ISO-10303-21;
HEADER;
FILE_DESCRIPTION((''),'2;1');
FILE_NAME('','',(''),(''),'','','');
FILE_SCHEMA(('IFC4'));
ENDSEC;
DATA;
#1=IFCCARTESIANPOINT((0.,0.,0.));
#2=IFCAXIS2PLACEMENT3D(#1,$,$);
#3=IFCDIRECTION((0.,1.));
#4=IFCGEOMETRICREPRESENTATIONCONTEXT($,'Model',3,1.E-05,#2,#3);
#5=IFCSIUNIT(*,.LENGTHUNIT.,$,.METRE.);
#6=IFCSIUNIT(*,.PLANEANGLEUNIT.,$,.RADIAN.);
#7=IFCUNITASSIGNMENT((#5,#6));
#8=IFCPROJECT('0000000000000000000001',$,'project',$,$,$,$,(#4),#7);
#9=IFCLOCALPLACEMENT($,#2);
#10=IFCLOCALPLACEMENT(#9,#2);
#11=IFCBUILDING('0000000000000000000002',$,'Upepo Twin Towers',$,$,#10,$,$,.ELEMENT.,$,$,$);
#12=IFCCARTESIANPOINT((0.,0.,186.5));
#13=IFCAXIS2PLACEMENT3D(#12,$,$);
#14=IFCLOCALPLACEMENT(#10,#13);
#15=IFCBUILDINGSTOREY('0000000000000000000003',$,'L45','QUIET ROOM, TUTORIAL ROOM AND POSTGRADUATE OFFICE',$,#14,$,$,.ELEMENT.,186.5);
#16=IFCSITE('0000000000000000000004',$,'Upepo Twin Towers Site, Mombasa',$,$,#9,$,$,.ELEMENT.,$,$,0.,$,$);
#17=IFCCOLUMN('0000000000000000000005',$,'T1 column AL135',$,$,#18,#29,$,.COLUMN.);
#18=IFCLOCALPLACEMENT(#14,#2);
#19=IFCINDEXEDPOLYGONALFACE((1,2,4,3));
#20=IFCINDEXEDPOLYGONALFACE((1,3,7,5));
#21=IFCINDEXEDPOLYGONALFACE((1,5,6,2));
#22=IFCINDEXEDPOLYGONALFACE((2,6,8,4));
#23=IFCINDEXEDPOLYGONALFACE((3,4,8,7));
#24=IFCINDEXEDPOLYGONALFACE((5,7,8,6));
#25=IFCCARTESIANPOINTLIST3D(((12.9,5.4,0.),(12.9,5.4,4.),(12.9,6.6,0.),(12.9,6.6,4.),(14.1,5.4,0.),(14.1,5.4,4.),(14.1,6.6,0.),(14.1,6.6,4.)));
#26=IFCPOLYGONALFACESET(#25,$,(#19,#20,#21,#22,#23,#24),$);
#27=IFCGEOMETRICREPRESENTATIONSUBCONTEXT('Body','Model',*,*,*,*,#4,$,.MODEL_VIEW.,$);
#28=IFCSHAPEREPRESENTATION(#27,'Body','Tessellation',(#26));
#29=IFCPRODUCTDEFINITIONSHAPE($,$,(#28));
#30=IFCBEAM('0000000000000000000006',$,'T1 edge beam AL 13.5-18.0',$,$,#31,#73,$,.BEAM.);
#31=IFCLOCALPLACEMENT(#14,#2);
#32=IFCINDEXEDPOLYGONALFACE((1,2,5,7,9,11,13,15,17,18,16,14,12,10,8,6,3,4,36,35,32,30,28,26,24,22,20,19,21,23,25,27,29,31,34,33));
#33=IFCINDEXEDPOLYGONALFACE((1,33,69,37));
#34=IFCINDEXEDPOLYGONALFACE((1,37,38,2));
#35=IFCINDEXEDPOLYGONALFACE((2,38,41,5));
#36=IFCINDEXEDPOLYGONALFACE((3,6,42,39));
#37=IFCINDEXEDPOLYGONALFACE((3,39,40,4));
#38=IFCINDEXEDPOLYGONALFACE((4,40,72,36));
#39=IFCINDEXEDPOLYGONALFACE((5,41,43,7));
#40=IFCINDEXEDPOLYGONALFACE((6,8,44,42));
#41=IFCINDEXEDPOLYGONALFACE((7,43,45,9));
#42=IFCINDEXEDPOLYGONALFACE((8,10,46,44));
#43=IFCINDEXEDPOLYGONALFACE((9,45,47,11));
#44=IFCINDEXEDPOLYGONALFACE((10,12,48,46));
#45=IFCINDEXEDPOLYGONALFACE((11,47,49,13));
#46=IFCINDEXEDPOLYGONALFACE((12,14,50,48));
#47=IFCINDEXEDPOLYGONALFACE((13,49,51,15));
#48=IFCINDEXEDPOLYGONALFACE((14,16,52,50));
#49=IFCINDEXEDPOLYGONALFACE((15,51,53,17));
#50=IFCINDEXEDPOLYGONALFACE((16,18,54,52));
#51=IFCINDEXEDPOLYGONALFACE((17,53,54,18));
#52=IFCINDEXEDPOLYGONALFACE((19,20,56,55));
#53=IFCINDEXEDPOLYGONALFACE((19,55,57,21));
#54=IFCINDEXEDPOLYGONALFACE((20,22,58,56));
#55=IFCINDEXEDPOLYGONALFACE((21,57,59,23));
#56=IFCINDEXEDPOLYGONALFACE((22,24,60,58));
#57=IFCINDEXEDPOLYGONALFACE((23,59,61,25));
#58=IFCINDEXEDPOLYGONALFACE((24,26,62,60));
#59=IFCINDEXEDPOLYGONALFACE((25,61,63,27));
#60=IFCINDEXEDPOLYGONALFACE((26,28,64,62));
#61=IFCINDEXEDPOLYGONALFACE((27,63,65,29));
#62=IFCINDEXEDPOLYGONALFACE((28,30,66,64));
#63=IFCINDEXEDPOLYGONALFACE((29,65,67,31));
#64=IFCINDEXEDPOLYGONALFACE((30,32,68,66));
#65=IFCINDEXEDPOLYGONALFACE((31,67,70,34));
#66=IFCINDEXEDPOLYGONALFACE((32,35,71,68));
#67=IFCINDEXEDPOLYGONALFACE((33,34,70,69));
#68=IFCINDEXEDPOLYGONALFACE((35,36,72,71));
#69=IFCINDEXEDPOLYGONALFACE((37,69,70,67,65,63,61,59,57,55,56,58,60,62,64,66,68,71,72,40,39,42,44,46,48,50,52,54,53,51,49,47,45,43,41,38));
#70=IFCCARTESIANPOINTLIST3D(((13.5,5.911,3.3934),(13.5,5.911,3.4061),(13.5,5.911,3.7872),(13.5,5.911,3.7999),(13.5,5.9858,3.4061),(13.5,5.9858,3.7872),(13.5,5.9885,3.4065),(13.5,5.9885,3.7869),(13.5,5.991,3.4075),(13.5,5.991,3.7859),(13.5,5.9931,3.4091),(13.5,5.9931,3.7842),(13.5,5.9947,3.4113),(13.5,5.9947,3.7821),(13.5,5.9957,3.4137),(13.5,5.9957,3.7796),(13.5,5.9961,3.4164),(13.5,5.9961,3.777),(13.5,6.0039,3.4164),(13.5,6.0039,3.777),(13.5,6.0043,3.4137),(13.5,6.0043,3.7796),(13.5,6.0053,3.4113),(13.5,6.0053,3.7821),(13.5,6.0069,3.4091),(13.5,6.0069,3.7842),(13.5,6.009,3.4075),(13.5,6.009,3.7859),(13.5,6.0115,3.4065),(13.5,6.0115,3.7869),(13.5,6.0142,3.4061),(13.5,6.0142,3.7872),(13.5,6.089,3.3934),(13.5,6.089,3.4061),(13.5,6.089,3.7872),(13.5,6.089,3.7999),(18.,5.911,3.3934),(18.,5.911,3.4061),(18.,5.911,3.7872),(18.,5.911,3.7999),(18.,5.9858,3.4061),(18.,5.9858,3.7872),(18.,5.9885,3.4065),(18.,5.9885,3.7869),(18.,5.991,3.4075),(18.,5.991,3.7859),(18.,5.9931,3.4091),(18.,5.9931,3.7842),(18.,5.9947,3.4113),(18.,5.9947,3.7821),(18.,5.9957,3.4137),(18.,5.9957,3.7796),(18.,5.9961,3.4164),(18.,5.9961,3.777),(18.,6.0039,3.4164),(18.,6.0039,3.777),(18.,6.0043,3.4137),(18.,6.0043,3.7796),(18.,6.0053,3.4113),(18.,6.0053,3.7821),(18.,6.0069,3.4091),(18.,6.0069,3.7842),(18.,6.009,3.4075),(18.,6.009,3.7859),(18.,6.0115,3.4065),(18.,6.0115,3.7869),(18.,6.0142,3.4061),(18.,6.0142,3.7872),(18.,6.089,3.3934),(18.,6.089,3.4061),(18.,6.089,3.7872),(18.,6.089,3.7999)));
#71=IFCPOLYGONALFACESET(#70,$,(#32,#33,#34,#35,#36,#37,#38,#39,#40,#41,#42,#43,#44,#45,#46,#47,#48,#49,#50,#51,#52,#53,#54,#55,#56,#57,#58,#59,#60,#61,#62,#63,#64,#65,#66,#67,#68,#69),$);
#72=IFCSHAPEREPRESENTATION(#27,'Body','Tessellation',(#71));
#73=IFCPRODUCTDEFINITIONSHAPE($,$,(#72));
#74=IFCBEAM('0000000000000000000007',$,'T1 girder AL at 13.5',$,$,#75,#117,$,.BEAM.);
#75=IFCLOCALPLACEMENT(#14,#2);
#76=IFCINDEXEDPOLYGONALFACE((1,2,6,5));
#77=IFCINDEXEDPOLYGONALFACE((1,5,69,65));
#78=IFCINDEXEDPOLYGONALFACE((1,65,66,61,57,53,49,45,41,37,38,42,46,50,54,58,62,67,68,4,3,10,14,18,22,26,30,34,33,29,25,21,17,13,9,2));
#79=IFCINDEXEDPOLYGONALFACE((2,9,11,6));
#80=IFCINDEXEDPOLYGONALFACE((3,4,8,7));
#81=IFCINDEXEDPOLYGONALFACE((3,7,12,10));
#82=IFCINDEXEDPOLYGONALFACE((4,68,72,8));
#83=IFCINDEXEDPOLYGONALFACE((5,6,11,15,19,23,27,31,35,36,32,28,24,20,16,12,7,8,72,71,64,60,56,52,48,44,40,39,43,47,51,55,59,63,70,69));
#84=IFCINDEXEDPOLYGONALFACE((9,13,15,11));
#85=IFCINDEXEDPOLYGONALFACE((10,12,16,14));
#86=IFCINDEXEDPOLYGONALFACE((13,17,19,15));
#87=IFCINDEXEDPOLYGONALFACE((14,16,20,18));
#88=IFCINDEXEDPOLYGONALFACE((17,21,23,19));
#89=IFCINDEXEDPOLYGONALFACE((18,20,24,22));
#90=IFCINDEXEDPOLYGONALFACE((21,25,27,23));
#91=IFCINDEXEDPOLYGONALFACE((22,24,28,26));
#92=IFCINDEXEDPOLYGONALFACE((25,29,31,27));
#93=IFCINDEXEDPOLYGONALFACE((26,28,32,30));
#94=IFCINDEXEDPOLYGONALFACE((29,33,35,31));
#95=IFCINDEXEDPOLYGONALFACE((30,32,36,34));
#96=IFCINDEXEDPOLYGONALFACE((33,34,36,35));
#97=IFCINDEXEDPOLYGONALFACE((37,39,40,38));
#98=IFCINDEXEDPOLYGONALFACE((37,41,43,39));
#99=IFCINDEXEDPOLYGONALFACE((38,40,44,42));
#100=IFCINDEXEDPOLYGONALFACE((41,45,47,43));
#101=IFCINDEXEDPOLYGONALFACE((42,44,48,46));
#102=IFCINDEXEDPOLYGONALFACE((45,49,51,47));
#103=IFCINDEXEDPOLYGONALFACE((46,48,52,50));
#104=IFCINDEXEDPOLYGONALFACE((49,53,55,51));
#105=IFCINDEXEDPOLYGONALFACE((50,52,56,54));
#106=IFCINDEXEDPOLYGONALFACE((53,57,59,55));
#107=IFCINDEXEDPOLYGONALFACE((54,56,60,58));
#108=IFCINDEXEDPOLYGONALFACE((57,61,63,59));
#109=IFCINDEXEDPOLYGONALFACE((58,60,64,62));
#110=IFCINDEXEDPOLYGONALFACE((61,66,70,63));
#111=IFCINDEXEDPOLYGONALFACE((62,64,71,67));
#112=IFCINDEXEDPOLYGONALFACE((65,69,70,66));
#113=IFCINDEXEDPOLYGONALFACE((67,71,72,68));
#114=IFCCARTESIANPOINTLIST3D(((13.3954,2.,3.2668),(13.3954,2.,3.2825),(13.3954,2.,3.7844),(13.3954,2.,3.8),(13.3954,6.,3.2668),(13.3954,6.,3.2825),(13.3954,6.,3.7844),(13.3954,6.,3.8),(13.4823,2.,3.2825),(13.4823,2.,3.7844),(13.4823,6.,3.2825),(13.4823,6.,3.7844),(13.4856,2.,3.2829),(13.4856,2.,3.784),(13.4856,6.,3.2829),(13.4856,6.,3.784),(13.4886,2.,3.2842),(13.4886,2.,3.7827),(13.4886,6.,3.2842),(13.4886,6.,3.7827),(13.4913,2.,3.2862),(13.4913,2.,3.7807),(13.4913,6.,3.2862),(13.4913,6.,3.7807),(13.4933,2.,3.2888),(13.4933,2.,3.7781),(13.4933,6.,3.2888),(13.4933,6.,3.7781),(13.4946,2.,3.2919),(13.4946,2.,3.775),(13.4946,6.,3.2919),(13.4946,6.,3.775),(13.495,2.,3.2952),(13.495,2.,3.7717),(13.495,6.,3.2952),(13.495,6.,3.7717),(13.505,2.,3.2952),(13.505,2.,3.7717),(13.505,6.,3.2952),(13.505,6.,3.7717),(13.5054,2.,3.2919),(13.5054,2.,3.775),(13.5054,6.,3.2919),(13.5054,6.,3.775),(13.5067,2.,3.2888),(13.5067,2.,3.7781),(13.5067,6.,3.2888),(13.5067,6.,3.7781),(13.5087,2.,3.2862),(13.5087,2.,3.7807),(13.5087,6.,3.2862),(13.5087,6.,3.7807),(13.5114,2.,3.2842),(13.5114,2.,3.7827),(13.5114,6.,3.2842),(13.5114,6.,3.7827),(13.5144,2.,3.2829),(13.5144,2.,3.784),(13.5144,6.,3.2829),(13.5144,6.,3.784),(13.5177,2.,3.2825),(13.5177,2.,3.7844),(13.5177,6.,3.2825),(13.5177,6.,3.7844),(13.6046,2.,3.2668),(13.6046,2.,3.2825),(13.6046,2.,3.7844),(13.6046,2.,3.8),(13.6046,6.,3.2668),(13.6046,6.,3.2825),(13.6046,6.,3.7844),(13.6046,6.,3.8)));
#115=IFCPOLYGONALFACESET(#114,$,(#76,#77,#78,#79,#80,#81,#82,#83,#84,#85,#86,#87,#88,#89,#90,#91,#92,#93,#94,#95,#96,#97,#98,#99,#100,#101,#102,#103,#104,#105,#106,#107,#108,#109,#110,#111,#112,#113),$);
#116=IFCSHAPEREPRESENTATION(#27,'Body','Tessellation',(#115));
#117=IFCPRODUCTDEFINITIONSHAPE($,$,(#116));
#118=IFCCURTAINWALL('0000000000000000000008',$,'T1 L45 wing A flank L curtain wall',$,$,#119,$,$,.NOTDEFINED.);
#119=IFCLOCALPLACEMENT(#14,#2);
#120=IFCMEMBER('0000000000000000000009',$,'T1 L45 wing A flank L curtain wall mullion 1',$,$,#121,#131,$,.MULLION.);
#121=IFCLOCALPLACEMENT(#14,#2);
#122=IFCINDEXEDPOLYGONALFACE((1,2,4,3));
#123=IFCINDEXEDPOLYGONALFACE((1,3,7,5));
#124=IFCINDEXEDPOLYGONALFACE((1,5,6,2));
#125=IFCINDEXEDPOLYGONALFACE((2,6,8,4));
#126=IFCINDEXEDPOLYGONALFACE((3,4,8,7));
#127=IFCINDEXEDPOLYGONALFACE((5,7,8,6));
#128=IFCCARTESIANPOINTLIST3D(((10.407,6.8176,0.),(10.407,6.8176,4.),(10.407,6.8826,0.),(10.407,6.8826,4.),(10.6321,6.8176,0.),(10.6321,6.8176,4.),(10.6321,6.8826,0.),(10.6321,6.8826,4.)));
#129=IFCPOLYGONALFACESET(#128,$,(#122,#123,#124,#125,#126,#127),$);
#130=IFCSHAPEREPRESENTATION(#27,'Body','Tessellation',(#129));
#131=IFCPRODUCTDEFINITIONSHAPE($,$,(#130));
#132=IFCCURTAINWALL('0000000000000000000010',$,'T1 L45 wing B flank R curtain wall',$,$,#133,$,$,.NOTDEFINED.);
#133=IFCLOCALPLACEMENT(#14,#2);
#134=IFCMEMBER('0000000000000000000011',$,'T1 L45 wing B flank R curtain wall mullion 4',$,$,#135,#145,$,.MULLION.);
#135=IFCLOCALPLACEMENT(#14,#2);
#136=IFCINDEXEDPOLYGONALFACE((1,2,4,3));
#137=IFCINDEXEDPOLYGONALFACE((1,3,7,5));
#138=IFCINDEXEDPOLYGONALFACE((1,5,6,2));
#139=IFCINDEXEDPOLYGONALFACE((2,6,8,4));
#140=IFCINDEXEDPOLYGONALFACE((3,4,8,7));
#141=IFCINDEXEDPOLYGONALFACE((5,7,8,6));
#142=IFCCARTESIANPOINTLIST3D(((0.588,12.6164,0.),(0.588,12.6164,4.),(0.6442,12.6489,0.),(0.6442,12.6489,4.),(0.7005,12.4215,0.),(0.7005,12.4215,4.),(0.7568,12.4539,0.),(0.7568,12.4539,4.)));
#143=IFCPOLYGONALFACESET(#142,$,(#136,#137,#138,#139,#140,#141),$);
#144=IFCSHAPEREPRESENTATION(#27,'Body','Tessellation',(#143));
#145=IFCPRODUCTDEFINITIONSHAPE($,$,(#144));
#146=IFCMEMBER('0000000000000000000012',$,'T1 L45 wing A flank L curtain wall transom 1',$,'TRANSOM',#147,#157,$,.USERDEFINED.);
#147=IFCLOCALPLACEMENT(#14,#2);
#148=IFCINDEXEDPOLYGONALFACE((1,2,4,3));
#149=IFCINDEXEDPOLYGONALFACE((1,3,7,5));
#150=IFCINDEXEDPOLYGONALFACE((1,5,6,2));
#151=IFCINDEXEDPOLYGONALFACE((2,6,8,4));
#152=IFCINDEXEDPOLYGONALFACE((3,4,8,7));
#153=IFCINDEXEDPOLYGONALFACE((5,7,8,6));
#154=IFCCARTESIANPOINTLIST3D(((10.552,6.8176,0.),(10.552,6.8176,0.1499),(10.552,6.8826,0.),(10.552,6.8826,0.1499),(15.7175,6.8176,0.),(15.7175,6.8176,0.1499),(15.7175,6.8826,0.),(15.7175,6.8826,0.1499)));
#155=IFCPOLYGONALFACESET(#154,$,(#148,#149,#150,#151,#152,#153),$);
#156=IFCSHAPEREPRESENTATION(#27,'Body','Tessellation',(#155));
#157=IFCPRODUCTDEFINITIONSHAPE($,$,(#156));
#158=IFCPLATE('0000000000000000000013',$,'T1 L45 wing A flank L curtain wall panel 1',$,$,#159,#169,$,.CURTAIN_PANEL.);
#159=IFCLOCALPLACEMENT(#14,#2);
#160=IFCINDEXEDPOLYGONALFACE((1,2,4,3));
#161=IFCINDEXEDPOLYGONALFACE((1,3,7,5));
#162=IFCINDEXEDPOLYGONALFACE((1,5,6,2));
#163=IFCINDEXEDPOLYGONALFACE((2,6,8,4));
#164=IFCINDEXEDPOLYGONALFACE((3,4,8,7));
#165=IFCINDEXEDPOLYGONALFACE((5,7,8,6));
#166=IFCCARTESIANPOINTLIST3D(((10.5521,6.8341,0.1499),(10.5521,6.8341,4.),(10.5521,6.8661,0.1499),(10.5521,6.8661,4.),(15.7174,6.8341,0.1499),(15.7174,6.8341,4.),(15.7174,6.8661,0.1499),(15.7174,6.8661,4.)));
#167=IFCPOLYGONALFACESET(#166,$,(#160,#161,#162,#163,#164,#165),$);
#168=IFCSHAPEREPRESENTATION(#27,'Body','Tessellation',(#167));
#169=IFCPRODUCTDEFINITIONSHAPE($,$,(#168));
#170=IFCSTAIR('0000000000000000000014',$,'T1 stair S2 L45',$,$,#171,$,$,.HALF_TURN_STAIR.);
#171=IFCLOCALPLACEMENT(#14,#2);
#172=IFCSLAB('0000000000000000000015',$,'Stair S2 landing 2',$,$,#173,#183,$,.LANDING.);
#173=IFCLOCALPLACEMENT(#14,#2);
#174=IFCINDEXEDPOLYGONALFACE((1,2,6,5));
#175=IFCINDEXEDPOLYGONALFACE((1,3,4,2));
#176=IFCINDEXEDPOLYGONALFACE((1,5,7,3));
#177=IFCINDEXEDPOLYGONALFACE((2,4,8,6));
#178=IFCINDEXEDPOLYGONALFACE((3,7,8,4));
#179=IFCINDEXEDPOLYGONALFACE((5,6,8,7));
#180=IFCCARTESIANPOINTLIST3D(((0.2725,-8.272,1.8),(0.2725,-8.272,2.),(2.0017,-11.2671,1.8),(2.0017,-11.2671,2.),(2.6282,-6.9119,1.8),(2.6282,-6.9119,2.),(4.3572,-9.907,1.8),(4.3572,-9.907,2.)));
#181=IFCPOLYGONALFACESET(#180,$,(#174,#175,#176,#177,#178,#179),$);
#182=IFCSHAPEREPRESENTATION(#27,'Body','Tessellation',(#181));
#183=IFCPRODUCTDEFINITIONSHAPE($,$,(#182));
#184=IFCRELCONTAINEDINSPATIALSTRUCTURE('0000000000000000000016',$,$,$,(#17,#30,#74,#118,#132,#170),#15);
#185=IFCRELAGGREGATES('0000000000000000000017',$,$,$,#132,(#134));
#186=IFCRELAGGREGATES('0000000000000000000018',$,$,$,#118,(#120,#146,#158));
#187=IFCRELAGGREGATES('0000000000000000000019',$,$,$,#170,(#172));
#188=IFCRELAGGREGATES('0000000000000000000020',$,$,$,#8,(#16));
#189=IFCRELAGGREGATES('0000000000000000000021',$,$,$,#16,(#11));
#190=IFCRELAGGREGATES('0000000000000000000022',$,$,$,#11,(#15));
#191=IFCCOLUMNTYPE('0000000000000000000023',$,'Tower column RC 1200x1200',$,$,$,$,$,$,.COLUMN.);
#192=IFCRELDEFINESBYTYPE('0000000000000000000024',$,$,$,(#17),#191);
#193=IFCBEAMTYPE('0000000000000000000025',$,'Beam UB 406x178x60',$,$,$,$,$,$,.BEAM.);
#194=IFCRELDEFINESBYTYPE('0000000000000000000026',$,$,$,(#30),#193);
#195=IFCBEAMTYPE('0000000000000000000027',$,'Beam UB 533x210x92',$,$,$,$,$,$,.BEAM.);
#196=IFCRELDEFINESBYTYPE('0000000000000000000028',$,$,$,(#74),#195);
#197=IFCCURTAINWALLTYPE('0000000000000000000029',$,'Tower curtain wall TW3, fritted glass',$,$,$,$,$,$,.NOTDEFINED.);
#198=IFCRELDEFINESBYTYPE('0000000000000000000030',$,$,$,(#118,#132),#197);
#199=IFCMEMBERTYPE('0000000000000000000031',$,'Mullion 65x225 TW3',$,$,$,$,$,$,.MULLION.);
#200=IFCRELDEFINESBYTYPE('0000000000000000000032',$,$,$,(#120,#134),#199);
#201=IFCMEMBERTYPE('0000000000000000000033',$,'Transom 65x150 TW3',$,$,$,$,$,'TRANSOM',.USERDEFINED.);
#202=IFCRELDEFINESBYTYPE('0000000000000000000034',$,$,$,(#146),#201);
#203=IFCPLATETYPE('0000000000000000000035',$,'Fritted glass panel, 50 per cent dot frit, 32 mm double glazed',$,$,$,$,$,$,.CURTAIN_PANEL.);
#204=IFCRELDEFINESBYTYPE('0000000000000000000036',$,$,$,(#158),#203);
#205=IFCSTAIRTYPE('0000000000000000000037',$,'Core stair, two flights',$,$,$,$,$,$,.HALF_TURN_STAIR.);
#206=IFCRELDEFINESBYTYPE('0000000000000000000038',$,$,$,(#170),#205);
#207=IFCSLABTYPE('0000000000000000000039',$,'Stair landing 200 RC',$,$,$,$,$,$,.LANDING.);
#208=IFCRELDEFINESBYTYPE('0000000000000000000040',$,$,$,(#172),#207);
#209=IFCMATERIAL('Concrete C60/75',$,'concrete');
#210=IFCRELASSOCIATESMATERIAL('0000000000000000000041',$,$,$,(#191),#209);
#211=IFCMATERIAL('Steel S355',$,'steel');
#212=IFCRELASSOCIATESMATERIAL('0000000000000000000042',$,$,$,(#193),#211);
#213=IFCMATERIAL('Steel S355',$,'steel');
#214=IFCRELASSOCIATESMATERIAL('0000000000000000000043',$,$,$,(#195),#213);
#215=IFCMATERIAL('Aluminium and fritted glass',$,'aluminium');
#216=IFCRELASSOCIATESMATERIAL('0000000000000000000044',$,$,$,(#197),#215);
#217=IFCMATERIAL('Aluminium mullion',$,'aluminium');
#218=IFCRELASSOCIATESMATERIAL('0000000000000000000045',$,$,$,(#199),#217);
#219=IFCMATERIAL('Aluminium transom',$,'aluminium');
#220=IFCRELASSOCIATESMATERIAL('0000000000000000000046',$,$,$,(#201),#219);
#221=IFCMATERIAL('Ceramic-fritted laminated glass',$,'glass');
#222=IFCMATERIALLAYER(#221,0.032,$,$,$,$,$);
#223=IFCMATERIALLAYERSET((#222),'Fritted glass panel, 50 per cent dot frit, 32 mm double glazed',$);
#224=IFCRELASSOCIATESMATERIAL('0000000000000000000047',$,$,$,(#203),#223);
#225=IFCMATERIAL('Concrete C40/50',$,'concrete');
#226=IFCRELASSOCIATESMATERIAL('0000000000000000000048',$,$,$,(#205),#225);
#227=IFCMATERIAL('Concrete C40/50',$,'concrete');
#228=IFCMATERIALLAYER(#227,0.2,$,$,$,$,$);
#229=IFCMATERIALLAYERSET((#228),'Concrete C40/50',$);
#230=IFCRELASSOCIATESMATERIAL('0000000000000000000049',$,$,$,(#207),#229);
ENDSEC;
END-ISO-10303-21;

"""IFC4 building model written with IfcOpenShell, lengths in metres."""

from ifc_helpers import new_model, si_unit, direction, frame, origin, origin_2d, place, context, subcontext, project, spatial, polyline, rectangle, i_section, outline, extrude, material, layer, layer_set, material_profile, profile_set, type_object, element, aggregate, save


model = new_model("IFC4")

# Units and contexts
model_context = context("Model", 3, precision=1e-05, world=origin(), true_north=direction((0.0, 1.0)))
body_context = subcontext(model_context, "Body", "Model", "MODEL_VIEW")
ifc_project = project(units=[si_unit("LENGTHUNIT", "METRE"), si_unit("PLANEANGLEUNIT", "RADIAN")], contexts=[model_context])

# Site, building, storey
site_placement = place(None, origin())
site = spatial("IfcSite", under=ifc_project, at=site_placement, Name="Upepo Twin Towers Site, Mombasa", CompositionType="ELEMENT", RefElevation=0.0)
building_placement = place(site_placement, origin())
building = spatial("IfcBuilding", under=site, at=building_placement, Name="Upepo Twin Towers", CompositionType="ELEMENT")
storey_placement = place(building_placement, frame((0.0, 0.0, 186.5)))
storey = spatial("IfcBuildingStorey", under=building, at=storey_placement, Name="L45", Description="QUIET ROOM, TUTORIAL ROOM AND POSTGRADUATE OFFICE", CompositionType="ELEMENT", Elevation=186.5)

# Column
ifc_material_1 = material(Name="Concrete C60/75", Category="concrete")
ifc_material_profile_1 = material_profile(ifc_material_1, rectangle(XDim=1.2, YDim=1.2, at=origin_2d()), Name="RC 1200x1200")
ifc_profile_set_1 = profile_set([ifc_material_profile_1], Name="Concrete C60/75")
column_type = type_object("IfcColumnType", Name="Tower column RC 1200x1200", PredefinedType="COLUMN", material=ifc_profile_set_1)
column_placement = place(storey_placement, frame((13.5, 6.0, 0.0), z_axis=(0.0, 0.0, 1.0), x_axis=(1.0, 0.0, 0.0)))
element("IfcColumn", 1, at=column_placement, inside=storey, type_object=column_type, Name="T1 column AL135", PredefinedType="COLUMN", context=body_context, shape_type="SweptSolid", body=[
    extrude(rectangle(XDim=1.2, YDim=1.2, at=origin_2d()), origin(), (0.0, 0.0, 1.0), 4.0),
])

# Beams
ifc_material_2 = material(Name="Steel S355", Category="steel")
ifc_material_profile_2 = material_profile(ifc_material_2, i_section(OverallWidth=0.178, OverallDepth=0.4065, WebThickness=0.0078, FlangeThickness=0.0127, FilletRadius=0.0103, at=origin_2d()), Name="UB 406x178x60")
ifc_profile_set_2 = profile_set([ifc_material_profile_2], Name="Steel S355")
beam_type_1 = type_object("IfcBeamType", Name="Beam UB 406x178x60", PredefinedType="BEAM", material=ifc_profile_set_2)
beam_1_placement = place(storey_placement, frame((13.5, 6.0, 3.5967), z_axis=(1.0, 0.0, 0.0), x_axis=(0.0, 1.0, 0.0)))
element("IfcBeam", 2, at=beam_1_placement, inside=storey, type_object=beam_type_1, Name="T1 edge beam AL 13.5-18.0", PredefinedType="BEAM", context=body_context, shape_type="SweptSolid", body=[
    extrude(i_section(OverallWidth=0.178, OverallDepth=0.4065, WebThickness=0.0078, FlangeThickness=0.0127, FilletRadius=0.0103, at=origin_2d()), origin(), (0.0, 0.0, 1.0), 4.5),
])
ifc_material_3 = material(Name="Steel S355", Category="steel")
ifc_material_profile_3 = material_profile(ifc_material_3, i_section(OverallWidth=0.2092, OverallDepth=0.5332, WebThickness=0.01, FlangeThickness=0.0156, FilletRadius=0.0127, at=origin_2d()), Name="UB 533x210x92")
ifc_profile_set_3 = profile_set([ifc_material_profile_3], Name="Steel S355")
beam_type_2 = type_object("IfcBeamType", Name="Beam UB 533x210x92", PredefinedType="BEAM", material=ifc_profile_set_3)
beam_2_placement = place(storey_placement, frame((13.5, 6.0, 3.5334), z_axis=(0.0, -1.0, 0.0), x_axis=(1.0, 0.0, 0.0)))
element("IfcBeam", 3, at=beam_2_placement, inside=storey, type_object=beam_type_2, Name="T1 girder AL at 13.5", PredefinedType="BEAM", context=body_context, shape_type="SweptSolid", body=[
    extrude(i_section(OverallWidth=0.2092, OverallDepth=0.5332, WebThickness=0.01, FlangeThickness=0.0156, FilletRadius=0.0127, at=origin_2d()), origin(), (0.0, 0.0, 1.0), 4.0),
])

# Curtain walls, members
ifc_material_4 = material(Name="Aluminium and fritted glass", Category="aluminium")
curtain_wall_type = type_object("IfcCurtainWallType", Name="Tower curtain wall TW3, fritted glass", PredefinedType="NOTDEFINED", material=ifc_material_4)
curtain_wall_1_placement = place(storey_placement, origin())
curtain_wall_1 = element("IfcCurtainWall", 4, at=curtain_wall_1_placement, inside=storey, type_object=curtain_wall_type, Name="T1 L45 wing A flank L curtain wall", PredefinedType="NOTDEFINED")
ifc_material_5 = material(Name="Aluminium mullion", Category="aluminium")
ifc_material_profile_4 = material_profile(ifc_material_5, rectangle(XDim=0.0649, YDim=0.2251, at=origin_2d()), Name="MULLION 65x225")
ifc_profile_set_4 = profile_set([ifc_material_profile_4], Name="Aluminium mullion")
member_type_1 = type_object("IfcMemberType", Name="Mullion 65x225 TW3", PredefinedType="MULLION", material=ifc_profile_set_4)
member_1_placement = place(storey_placement, frame((10.5195, 6.8501, 0.0), z_axis=(0.0, 0.0, 1.0), x_axis=(0.0, 1.0, 0.0)))
member_1 = element("IfcMember", 5, at=member_1_placement, type_object=member_type_1, Name="T1 L45 wing A flank L curtain wall mullion 1", PredefinedType="MULLION", context=body_context, shape_type="SweptSolid", body=[
    extrude(rectangle(XDim=0.0649, YDim=0.2251, at=origin_2d()), origin(), (0.0, 0.0, 1.0), 4.0),
])
curtain_wall_2_placement = place(storey_placement, origin())
curtain_wall_2 = element("IfcCurtainWall", 6, at=curtain_wall_2_placement, inside=storey, type_object=curtain_wall_type, Name="T1 L45 wing B flank R curtain wall", PredefinedType="NOTDEFINED")
member_2_placement = place(storey_placement, frame((0.6724, 12.5352, 0.0), z_axis=(0.0, 0.0, 1.0), x_axis=(0.866025, 0.5, 0.0)))
member_2 = element("IfcMember", 7, at=member_2_placement, type_object=member_type_1, Name="T1 L45 wing B flank R curtain wall mullion 4", PredefinedType="MULLION", context=body_context, shape_type="SweptSolid", body=[
    extrude(rectangle(XDim=0.0649, YDim=0.2251, at=origin_2d()), origin(), (0.0, 0.0, 1.0), 4.0),
])
aggregate(curtain_wall_2, [member_2])

# Member
ifc_material_6 = material(Name="Aluminium transom", Category="aluminium")
ifc_material_profile_5 = material_profile(ifc_material_6, rectangle(XDim=0.0649, YDim=0.1499, at=origin_2d()), Name="TRANSOM 65x150")
ifc_profile_set_5 = profile_set([ifc_material_profile_5], Name="Aluminium transom")
member_type_2 = type_object("IfcMemberType", Name="Transom 65x150 TW3", ElementType="TRANSOM", PredefinedType="USERDEFINED", material=ifc_profile_set_5)
member_3_placement = place(storey_placement, frame((10.552, 6.8501, 0.075), z_axis=(1.0, 0.0, 0.0), x_axis=(0.0, 1.0, 0.0)))
member_3 = element("IfcMember", 8, at=member_3_placement, type_object=member_type_2, Name="T1 L45 wing A flank L curtain wall transom 1", ObjectType="TRANSOM", PredefinedType="USERDEFINED", context=body_context, shape_type="SweptSolid", body=[
    extrude(rectangle(XDim=0.0649, YDim=0.1499, at=origin_2d()), origin(), (0.0, 0.0, 1.0), 5.1655),
])

# Plate
ifc_material_7 = material(Name="Ceramic-fritted laminated glass", Category="glass")
ifc_layer_1 = layer(ifc_material_7, 0.032)
ifc_layer_set_1 = layer_set([ifc_layer_1], Name="Fritted glass panel, 50 per cent dot frit, 32 mm double glazed")
plate_type = type_object("IfcPlateType", Name="Fritted glass panel, 50 per cent dot frit, 32 mm double glazed", PredefinedType="CURTAIN_PANEL", material=ifc_layer_set_1)
plate_placement = place(storey_placement, frame((13.1348, 6.8501, 0.1499), z_axis=(0.0, 0.0, 1.0), x_axis=(1.0, 0.0, 0.0)))
plate = element("IfcPlate", 9, at=plate_placement, type_object=plate_type, Name="T1 L45 wing A flank L curtain wall panel 1", PredefinedType="CURTAIN_PANEL", context=body_context, shape_type="SweptSolid", body=[
    extrude(rectangle(XDim=5.1653, YDim=0.032, at=origin_2d()), origin(), (0.0, 0.0, 1.0), 3.8501),
])
aggregate(curtain_wall_1, [member_1, member_3, plate])

# Stair, slab
ifc_material_8 = material(Name="Concrete C40/50", Category="concrete")
stair_type = type_object("IfcStairType", Name="Core stair, two flights", PredefinedType="HALF_TURN_STAIR", material=ifc_material_8)
stair_1_placement = place(storey_placement, origin())
stair_1 = element("IfcStair", 10, at=stair_1_placement, inside=storey, type_object=stair_type, Name="T1 stair S2 L45", PredefinedType="HALF_TURN_STAIR")
ifc_material_9 = material(Name="Concrete C40/50", Category="concrete")
ifc_layer_2 = layer(ifc_material_9, 0.2)
ifc_layer_set_2 = layer_set([ifc_layer_2], Name="Concrete C40/50")
slab_type = type_object("IfcSlabType", Name="Stair landing 200 RC", PredefinedType="LANDING", material=ifc_layer_set_2)
slab_1_placement = place(storey_placement, frame((0.0, 0.0, 1.8)))
slab_1 = element("IfcSlab", 11, at=slab_1_placement, type_object=slab_type, Name="Stair S2 landing 2", PredefinedType="LANDING", context=body_context, shape_type="SweptSolid", body=[
    extrude(outline(polyline([(0.2725, -8.272), (2.0017, -11.2671), (4.3572, -9.907), (2.6282, -6.9119), (0.2725, -8.272)])), origin(), (0.0, 0.0, 1.0), 0.2),
])
aggregate(stair_1, [slab_1])

save(model, "model.ifc")
